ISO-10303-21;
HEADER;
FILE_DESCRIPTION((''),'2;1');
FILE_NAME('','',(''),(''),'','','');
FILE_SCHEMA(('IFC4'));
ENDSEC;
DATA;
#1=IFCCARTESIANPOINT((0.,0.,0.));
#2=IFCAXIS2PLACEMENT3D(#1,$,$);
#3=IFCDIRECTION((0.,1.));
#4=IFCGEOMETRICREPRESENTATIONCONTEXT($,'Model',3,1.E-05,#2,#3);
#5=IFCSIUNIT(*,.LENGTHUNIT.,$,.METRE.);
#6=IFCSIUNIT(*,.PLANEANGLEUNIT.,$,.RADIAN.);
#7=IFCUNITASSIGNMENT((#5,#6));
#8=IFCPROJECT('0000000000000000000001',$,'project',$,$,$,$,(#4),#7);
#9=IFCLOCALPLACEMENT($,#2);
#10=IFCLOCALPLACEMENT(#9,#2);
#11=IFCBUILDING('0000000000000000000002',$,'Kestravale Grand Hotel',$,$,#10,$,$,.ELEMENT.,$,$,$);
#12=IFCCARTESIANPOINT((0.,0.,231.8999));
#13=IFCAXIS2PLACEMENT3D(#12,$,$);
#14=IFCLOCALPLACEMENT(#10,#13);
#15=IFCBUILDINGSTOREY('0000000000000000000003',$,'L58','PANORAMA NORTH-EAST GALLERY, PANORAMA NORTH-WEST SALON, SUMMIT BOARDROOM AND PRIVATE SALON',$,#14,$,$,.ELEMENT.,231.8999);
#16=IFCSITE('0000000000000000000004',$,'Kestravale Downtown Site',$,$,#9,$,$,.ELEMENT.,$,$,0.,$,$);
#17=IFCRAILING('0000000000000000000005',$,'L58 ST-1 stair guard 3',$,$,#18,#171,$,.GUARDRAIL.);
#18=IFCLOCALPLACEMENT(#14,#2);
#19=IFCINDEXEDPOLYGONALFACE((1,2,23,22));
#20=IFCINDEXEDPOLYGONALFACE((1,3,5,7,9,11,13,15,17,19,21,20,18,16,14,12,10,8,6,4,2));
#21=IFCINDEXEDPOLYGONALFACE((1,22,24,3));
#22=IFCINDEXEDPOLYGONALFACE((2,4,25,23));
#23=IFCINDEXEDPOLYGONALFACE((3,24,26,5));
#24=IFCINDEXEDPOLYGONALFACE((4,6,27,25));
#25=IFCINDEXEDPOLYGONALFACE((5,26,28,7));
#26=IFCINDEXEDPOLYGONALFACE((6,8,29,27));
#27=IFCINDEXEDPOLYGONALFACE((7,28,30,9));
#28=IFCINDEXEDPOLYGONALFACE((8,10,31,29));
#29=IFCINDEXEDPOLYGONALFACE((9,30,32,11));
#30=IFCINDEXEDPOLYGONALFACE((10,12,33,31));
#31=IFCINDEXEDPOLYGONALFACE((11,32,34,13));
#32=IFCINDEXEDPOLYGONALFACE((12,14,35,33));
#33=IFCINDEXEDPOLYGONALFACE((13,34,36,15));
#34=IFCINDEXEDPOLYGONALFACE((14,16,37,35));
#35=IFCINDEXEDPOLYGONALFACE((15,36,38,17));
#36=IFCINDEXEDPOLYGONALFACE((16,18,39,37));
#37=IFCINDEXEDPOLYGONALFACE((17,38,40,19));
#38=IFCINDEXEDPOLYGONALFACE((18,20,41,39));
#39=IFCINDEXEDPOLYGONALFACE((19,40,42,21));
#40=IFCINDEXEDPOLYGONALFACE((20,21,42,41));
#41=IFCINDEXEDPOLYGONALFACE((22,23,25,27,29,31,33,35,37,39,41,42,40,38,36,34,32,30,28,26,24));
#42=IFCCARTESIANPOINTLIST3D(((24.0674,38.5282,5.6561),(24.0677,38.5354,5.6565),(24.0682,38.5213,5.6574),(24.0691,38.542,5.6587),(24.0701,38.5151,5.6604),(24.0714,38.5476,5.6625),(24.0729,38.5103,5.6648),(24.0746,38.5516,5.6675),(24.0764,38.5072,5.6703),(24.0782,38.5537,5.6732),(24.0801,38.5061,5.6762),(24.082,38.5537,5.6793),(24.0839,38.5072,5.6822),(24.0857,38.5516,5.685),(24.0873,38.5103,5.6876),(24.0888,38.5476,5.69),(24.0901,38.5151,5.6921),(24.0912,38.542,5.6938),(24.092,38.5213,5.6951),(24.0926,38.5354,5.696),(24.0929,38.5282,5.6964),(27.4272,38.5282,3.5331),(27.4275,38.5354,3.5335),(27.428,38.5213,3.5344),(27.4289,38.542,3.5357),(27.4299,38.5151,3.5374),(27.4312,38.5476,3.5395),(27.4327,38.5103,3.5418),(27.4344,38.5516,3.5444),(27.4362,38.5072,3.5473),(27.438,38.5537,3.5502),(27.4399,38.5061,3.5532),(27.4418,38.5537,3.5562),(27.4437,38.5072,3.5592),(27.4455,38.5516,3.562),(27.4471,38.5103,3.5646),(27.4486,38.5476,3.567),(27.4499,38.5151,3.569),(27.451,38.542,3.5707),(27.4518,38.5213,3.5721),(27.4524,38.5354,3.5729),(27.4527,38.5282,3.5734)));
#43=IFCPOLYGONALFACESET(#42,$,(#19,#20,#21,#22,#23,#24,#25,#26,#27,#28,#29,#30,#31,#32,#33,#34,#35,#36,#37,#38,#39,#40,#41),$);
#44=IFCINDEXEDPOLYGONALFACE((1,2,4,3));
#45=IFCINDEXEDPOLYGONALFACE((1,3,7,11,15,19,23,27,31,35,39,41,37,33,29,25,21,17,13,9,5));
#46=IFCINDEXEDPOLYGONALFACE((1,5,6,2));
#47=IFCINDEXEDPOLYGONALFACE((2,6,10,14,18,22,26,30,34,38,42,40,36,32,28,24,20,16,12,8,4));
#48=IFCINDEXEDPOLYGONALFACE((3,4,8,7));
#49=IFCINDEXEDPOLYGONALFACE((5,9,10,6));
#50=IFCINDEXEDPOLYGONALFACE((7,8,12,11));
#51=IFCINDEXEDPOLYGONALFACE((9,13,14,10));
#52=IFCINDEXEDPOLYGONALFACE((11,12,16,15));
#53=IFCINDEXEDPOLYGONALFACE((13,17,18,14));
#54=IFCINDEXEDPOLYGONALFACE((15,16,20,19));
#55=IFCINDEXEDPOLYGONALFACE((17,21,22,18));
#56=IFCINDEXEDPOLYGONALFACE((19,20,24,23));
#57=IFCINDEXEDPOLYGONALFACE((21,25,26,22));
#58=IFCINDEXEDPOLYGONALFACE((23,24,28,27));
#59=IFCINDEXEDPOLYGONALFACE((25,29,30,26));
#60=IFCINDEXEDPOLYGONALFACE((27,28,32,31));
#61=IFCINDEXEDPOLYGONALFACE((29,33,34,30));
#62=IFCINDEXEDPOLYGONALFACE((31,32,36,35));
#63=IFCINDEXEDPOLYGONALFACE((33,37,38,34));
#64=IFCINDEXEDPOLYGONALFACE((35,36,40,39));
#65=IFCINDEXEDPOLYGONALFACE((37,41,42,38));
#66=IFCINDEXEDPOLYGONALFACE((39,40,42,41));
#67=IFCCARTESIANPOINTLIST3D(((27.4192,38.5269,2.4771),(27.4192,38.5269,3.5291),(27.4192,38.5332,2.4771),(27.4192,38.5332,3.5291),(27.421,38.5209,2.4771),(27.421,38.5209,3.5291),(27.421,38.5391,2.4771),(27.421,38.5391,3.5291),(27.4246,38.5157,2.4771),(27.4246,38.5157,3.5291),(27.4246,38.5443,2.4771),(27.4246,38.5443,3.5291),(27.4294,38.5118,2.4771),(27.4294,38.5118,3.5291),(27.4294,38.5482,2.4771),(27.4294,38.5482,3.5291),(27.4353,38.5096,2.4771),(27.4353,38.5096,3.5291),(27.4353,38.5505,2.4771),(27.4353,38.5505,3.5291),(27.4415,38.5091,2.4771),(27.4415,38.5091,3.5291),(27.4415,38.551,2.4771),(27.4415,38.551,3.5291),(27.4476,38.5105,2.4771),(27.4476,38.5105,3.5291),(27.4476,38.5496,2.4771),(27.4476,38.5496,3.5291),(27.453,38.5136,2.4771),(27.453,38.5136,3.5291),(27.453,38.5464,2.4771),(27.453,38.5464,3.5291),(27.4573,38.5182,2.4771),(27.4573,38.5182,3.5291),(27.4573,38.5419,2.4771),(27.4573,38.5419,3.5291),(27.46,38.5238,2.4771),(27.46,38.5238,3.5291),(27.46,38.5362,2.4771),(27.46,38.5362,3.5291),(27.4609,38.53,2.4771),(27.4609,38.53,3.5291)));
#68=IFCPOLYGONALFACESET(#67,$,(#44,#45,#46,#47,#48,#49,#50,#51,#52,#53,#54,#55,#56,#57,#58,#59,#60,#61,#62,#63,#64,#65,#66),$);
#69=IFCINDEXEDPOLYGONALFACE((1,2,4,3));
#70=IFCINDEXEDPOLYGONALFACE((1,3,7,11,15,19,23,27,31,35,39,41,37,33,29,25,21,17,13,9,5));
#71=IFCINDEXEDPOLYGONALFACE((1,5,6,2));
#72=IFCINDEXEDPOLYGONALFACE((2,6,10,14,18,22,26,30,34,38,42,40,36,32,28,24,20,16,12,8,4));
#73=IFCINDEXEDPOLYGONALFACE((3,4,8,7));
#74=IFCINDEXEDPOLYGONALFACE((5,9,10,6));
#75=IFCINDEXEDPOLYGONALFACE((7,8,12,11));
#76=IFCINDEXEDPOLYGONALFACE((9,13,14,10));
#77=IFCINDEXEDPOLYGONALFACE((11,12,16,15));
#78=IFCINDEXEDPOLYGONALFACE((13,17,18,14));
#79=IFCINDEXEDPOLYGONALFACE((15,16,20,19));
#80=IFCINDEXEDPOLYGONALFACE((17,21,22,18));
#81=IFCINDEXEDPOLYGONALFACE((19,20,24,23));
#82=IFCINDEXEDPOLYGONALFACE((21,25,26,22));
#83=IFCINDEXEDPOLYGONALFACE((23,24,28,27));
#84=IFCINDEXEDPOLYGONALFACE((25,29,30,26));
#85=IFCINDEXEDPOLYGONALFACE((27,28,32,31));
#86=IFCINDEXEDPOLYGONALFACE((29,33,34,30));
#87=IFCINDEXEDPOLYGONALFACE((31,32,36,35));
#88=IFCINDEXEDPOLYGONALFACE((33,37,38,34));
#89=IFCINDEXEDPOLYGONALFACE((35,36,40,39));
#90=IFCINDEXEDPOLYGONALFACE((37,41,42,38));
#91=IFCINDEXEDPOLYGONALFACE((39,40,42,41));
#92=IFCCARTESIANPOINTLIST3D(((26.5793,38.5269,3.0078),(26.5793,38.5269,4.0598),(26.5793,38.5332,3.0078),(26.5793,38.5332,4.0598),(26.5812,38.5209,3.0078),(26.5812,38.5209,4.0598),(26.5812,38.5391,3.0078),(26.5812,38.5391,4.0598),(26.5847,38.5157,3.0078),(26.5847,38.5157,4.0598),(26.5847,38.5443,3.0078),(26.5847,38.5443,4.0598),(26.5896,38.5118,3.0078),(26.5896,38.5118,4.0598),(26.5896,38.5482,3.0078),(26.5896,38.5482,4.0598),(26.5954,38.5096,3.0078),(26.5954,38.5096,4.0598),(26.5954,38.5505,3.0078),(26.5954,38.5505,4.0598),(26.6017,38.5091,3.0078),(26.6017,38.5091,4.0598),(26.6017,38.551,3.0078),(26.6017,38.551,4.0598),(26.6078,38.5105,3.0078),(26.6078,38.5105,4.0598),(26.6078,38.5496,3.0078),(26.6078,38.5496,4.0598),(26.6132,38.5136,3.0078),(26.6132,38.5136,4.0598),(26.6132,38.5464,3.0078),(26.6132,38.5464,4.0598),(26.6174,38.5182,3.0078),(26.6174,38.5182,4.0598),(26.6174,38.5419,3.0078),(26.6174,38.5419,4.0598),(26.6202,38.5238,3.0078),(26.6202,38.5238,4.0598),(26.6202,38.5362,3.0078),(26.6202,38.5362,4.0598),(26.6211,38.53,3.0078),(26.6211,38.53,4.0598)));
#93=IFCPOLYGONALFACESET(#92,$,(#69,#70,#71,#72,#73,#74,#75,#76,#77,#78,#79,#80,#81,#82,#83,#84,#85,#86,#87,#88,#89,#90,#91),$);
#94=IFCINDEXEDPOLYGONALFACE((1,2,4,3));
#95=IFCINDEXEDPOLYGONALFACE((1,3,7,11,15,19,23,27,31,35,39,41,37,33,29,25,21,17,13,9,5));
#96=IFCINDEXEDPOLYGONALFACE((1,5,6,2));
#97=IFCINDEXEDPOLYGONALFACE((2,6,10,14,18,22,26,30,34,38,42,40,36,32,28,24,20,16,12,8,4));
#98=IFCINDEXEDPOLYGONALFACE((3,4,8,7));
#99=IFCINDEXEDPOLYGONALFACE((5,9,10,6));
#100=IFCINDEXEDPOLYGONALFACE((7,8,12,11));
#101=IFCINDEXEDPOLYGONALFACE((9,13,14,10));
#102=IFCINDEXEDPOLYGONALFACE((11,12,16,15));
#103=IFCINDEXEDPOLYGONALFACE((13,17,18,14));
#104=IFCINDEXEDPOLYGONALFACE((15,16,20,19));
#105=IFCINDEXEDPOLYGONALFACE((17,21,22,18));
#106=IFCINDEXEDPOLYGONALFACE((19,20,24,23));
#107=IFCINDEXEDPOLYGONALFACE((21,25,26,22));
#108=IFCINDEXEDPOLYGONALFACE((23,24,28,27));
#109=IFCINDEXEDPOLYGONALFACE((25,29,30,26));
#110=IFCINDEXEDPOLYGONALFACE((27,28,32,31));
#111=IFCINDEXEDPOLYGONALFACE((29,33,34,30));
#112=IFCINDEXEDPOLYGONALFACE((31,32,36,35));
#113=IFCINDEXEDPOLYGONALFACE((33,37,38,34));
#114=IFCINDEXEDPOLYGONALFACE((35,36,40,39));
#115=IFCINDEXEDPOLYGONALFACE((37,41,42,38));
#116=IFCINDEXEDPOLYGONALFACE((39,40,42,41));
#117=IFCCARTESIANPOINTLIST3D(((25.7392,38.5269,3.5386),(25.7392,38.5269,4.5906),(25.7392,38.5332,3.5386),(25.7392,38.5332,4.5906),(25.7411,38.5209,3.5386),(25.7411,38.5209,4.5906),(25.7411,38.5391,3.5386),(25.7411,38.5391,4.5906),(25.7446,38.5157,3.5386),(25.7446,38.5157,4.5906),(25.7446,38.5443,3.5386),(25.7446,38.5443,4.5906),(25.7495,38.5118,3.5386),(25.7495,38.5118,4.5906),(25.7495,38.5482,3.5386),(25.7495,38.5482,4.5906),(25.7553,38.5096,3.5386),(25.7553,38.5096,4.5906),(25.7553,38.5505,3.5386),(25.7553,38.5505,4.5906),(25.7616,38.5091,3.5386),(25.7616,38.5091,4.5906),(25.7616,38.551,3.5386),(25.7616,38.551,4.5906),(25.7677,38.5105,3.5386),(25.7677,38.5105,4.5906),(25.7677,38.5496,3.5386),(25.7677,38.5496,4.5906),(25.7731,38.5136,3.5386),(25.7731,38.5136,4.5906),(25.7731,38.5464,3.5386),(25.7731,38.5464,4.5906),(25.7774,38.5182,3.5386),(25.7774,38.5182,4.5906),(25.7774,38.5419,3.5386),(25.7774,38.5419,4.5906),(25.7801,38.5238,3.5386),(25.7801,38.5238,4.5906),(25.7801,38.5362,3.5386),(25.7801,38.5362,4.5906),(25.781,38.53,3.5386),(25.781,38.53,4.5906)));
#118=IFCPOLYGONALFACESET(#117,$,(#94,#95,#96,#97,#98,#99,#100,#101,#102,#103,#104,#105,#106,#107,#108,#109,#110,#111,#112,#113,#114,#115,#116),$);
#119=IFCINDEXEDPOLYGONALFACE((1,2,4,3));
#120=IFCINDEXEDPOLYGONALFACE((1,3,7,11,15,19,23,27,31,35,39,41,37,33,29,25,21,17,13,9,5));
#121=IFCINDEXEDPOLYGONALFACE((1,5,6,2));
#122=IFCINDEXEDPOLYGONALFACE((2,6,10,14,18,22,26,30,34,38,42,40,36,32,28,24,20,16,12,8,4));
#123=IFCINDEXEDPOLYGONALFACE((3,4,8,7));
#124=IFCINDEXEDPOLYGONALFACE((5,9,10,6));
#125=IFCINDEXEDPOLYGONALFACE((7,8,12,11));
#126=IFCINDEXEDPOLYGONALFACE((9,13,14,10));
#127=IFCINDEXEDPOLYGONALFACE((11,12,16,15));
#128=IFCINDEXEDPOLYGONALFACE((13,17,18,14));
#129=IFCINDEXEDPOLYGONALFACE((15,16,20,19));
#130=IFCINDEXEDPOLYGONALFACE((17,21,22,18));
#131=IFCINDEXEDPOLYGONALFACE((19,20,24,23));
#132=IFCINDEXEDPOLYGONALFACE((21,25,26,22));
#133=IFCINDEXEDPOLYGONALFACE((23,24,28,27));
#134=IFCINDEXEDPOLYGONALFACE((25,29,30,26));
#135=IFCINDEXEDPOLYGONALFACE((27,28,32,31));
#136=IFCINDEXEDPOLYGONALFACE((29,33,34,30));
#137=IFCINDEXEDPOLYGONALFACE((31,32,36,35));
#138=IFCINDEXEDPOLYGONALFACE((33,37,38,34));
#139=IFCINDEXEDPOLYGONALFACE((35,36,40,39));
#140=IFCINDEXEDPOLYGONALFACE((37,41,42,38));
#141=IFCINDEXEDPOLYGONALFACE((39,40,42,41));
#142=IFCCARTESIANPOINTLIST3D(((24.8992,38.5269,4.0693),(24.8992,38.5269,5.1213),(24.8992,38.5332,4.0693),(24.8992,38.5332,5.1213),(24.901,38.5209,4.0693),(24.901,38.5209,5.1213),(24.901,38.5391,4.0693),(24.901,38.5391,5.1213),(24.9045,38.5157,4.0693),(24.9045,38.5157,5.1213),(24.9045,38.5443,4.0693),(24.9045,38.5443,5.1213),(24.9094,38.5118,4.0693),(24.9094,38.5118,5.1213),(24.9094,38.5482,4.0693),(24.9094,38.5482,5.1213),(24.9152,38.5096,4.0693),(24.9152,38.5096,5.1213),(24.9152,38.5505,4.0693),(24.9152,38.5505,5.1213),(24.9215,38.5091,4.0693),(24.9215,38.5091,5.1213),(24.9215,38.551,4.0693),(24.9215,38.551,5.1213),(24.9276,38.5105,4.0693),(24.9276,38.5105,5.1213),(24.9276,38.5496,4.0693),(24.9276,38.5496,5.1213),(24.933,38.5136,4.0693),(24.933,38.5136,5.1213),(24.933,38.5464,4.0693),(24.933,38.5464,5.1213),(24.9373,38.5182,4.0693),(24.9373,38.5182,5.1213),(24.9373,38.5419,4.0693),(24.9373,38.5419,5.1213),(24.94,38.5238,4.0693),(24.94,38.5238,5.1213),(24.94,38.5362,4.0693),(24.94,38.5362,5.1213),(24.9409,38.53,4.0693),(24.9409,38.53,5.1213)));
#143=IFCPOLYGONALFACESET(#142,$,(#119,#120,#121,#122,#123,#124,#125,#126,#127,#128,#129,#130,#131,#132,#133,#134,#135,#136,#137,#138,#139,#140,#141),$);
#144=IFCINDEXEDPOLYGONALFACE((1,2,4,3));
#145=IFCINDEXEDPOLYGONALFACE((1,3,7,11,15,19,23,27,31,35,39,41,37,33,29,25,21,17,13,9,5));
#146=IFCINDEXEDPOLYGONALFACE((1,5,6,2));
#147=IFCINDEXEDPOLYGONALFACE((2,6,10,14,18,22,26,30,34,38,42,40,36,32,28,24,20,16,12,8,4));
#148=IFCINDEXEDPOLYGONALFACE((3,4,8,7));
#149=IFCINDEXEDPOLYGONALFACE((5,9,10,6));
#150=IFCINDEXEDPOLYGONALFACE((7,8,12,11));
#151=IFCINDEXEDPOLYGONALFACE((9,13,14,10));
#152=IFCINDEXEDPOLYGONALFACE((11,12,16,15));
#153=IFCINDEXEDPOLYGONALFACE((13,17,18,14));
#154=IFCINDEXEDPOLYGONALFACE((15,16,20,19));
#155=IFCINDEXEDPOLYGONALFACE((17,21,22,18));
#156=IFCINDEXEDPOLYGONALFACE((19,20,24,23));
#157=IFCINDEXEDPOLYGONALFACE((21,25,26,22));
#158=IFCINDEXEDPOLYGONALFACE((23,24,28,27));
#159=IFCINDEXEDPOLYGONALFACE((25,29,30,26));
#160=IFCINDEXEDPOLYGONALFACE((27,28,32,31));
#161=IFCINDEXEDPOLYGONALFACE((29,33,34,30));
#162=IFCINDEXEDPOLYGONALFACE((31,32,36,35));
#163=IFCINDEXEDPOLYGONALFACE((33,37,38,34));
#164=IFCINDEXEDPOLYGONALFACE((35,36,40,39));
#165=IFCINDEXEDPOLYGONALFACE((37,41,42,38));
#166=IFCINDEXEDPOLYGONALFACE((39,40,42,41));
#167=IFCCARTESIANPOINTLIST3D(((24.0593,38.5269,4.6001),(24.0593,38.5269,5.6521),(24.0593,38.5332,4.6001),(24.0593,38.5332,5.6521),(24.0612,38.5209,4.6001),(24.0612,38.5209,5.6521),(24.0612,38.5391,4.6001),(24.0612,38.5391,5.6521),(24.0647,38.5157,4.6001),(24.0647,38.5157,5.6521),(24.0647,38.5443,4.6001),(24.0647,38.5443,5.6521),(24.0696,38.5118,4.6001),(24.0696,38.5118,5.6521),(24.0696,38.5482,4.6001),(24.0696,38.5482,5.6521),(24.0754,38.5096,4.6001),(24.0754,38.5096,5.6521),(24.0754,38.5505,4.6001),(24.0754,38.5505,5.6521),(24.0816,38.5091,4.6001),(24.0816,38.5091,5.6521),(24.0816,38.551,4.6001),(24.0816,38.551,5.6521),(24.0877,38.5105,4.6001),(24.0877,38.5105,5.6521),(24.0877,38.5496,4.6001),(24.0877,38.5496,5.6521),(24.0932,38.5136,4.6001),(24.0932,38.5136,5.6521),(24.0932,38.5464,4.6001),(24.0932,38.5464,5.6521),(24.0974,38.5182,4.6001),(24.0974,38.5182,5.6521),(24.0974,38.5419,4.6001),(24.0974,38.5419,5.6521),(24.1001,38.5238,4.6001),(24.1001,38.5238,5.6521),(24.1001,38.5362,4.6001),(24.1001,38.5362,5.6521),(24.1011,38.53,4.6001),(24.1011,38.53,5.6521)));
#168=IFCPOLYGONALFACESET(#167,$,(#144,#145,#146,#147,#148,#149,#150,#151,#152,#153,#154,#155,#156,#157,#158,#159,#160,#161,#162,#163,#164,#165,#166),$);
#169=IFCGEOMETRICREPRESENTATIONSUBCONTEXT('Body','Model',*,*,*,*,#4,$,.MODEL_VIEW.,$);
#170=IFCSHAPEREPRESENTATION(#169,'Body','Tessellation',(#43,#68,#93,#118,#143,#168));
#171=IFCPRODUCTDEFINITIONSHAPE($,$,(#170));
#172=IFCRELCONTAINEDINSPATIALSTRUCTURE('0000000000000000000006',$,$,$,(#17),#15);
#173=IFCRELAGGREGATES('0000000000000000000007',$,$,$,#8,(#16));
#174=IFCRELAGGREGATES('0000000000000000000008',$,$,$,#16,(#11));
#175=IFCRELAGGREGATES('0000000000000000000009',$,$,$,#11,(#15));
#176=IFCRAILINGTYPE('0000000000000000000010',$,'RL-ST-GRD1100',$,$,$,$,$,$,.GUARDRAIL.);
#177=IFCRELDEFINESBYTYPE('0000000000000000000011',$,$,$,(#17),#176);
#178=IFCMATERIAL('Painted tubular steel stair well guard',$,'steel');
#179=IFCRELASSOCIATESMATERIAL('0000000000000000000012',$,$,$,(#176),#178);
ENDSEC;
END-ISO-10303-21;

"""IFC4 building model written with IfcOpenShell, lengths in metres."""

from ifc_helpers import new_model, si_unit, direction, frame, origin, origin_2d, place, context, subcontext, project, spatial, circle, extrude, material, type_object, element, save


model = new_model("IFC4")

# Units and contexts
model_context = context("Model", 3, precision=1e-05, world=origin(), true_north=direction((0.0, 1.0)))
body_context = subcontext(model_context, "Body", "Model", "MODEL_VIEW")
ifc_project = project(units=[si_unit("LENGTHUNIT", "METRE"), si_unit("PLANEANGLEUNIT", "RADIAN")], contexts=[model_context])

# Site, building, storey
site_placement = place(None, origin())
site = spatial("IfcSite", under=ifc_project, at=site_placement, Name="Kestravale Downtown Site", CompositionType="ELEMENT", RefElevation=0.0)
building_placement = place(site_placement, origin())
building = spatial("IfcBuilding", under=site, at=building_placement, Name="Kestravale Grand Hotel", CompositionType="ELEMENT")
storey_placement = place(building_placement, frame((0.0, 0.0, 231.8999)))
storey = spatial("IfcBuildingStorey", under=building, at=storey_placement, Name="L58", Description="PANORAMA NORTH-EAST GALLERY, PANORAMA NORTH-WEST SALON, SUMMIT BOARDROOM AND PRIVATE SALON", CompositionType="ELEMENT", Elevation=231.8999)

# Railing
ifc_material_1 = material(Name="Painted tubular steel stair well guard", Category="steel")
railing_type_1 = type_object("IfcRailingType", Name="RL-ST-GRD1100", PredefinedType="GUARDRAIL", material=ifc_material_1)
railing_1_placement = place(storey_placement, frame((27.4399, 38.53, 2.4771)))
element("IfcRailing", 1, at=railing_1_placement, inside=storey, type_object=railing_type_1, Name="L58 ST-1 stair guard 3", PredefinedType="GUARDRAIL", context=body_context, shape_type="SweptSolid", body=[
    extrude(circle(Radius=0.0239, at=origin_2d()), frame((0.0, 0.0, 1.0762), z_axis=(-0.845372, 0.0, 0.534178), x_axis=(0.0, -1.0, 0.0)), (0.0, 0.0, 1.0), 3.9744),
    extrude(circle(Radius=0.021, at=origin_2d()), origin(), (0.0, 0.0, 1.0), 1.052),
    extrude(circle(Radius=0.021, at=origin_2d()), frame((-0.8398, 0.0, 0.5308)), (0.0, 0.0, 1.0), 1.052),
    extrude(circle(Radius=0.021, at=origin_2d()), frame((-1.6799, 0.0, 1.0615)), (0.0, 0.0, 1.0), 1.052),
    extrude(circle(Radius=0.021, at=origin_2d()), frame((-2.52, 0.0, 1.5923)), (0.0, 0.0, 1.0), 1.052),
    extrude(circle(Radius=0.021, at=origin_2d()), frame((-3.3599, 0.0, 2.123)), (0.0, 0.0, 1.0), 1.052),
])

save(model, "model.ifc")
